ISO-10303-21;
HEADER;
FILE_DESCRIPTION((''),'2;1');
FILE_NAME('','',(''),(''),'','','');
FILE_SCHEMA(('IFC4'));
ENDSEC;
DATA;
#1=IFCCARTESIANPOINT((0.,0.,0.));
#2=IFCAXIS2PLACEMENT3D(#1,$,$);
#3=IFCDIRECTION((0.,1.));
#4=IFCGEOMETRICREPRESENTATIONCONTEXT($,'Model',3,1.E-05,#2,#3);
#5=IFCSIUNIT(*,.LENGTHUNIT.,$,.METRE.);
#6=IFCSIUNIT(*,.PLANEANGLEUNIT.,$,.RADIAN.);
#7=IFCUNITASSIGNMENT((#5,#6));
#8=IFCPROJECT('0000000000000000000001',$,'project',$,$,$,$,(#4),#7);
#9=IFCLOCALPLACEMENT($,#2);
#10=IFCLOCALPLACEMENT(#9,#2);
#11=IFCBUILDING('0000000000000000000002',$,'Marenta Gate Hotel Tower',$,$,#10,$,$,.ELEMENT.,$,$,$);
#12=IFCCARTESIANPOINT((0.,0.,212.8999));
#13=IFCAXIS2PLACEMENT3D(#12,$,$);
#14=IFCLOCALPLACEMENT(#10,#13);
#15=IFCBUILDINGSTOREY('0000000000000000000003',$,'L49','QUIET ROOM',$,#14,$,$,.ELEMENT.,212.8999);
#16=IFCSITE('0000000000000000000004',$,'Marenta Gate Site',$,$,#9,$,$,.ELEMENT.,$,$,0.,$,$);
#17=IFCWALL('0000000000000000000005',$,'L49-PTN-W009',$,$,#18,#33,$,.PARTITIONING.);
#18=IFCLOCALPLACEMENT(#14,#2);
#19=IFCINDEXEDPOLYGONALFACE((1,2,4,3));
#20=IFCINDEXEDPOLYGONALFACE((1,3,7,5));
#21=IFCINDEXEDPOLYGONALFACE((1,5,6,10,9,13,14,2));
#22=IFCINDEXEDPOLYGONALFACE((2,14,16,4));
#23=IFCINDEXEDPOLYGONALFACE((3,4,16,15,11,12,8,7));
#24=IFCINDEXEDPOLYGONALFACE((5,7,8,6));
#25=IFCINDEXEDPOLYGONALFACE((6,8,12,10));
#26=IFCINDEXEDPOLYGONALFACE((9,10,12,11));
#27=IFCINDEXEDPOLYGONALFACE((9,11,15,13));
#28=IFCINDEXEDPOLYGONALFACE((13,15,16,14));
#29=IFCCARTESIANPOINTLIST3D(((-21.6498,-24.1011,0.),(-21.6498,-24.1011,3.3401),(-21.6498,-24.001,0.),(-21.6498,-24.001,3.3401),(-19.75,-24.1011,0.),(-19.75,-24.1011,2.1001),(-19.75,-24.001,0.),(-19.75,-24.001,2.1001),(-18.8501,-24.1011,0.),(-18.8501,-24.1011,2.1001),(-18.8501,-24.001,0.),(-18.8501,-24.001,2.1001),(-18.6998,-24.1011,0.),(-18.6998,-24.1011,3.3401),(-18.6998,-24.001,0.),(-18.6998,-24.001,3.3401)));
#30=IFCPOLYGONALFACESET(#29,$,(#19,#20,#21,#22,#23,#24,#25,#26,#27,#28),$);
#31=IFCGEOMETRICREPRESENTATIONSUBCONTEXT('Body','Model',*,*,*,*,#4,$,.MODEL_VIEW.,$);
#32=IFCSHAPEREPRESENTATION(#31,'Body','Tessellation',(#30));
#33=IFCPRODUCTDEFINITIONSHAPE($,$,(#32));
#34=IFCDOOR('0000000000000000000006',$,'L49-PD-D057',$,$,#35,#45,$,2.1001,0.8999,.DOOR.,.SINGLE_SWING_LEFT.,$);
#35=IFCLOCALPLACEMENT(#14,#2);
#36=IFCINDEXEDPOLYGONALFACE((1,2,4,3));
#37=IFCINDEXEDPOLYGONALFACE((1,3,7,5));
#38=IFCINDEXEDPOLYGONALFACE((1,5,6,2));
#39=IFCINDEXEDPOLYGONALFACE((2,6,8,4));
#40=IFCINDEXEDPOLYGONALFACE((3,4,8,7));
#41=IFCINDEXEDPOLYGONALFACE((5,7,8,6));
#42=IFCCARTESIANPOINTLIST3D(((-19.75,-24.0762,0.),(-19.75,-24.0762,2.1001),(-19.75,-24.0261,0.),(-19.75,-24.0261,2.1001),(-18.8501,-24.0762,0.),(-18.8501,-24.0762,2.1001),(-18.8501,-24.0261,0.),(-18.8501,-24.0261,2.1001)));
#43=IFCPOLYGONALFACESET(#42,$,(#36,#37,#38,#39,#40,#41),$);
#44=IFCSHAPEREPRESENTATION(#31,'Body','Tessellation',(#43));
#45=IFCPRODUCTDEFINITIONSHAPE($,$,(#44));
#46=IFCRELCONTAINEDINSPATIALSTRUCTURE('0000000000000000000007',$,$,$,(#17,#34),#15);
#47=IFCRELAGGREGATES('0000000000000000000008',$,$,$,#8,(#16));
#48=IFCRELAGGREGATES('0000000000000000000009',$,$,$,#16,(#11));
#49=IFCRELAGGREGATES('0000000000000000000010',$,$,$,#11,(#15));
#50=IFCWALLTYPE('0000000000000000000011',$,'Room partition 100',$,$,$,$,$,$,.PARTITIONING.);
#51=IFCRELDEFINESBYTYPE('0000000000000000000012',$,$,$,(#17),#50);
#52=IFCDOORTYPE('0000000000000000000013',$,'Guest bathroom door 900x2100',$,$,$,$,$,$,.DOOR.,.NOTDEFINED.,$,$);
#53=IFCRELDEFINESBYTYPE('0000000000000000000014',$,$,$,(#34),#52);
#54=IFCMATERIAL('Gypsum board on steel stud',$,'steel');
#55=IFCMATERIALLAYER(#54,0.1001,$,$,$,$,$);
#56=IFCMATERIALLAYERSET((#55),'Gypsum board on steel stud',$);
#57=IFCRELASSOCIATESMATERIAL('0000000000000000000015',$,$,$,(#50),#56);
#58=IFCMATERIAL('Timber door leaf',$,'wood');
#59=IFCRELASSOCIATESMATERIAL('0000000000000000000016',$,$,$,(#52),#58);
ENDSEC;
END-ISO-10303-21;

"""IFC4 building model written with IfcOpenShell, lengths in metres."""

from ifc_helpers import new_model, si_unit, direction, frame, frame_2d, origin, place, context, subcontext, project, spatial, rectangle, extrude, material, layer, layer_set, type_object, element, fill, save


model = new_model("IFC4")

# Units and contexts
model_context = context("Model", 3, precision=1e-05, world=origin(), true_north=direction((0.0, 1.0)))
body_context = subcontext(model_context, "Body", "Model", "MODEL_VIEW")
ifc_project = project(units=[si_unit("LENGTHUNIT", "METRE"), si_unit("PLANEANGLEUNIT", "RADIAN")], contexts=[model_context])

# Site, building, storey
site_placement = place(None, origin())
site = spatial("IfcSite", under=ifc_project, at=site_placement, Name="Marenta Gate Site", CompositionType="ELEMENT", RefElevation=0.0)
building_placement = place(site_placement, origin())
building = spatial("IfcBuilding", under=site, at=building_placement, Name="Marenta Gate Hotel Tower", CompositionType="ELEMENT")
storey_placement = place(building_placement, frame((0.0, 0.0, 212.8999)))
storey = spatial("IfcBuildingStorey", under=building, at=storey_placement, Name="L49", Description="QUIET ROOM", CompositionType="ELEMENT", Elevation=212.8999)

# Wall, opening, door
ifc_material_1 = material(Name="Gypsum board on steel stud", Category="steel")
ifc_layer_1 = layer(ifc_material_1, 0.1001)
ifc_layer_set_1 = layer_set([ifc_layer_1], Name="Gypsum board on steel stud")
wall_type_1 = type_object("IfcWallType", Name="Room partition 100", PredefinedType="PARTITIONING", material=ifc_layer_set_1)
wall_1_placement = place(storey_placement, frame((-21.6499, -24.051, 0.0), z_axis=(0.0, 0.0, 1.0), x_axis=(1.0, 0.0, 0.0)))
wall_1 = element("IfcWall", 1, at=wall_1_placement, inside=storey, type_object=wall_type_1, Name="L49-PTN-W009", PredefinedType="PARTITIONING", context=body_context, shape_type="SweptSolid", body=[
    extrude(rectangle(XDim=2.95, YDim=0.1001, at=frame_2d((1.4751, 0.0))), origin(), (0.0, 0.0, 1.0), 3.3401),
])
opening_1_placement = place(wall_1_placement, frame((1.8999, 0.0, 0.0)))
opening_1 = element("IfcOpeningElement", 2, at=opening_1_placement, cuts=wall_1, PredefinedType="OPENING", context=body_context, shape_type="SweptSolid", body=[
    extrude(rectangle(XDim=0.8999, YDim=2.1001, at=frame_2d((0.45, 1.05))), frame((0.0, 0.05, 0.0), z_axis=(0.0, -1.0, 0.0), x_axis=(1.0, 0.0, 0.0)), (0.0, 0.0, 1.0), 0.1001),
])
ifc_material_2 = material(Name="Timber door leaf", Category="wood")
door_type_1 = type_object("IfcDoorType", Name="Guest bathroom door 900x2100", OperationType="NOTDEFINED", PredefinedType="DOOR", material=ifc_material_2)
door_1_placement = place(opening_1_placement, origin())
door_1 = element("IfcDoor", 3, at=door_1_placement, inside=storey, type_object=door_type_1, Name="L49-PD-D057", OperationType="SINGLE_SWING_LEFT", OverallHeight=2.1001, OverallWidth=0.8999, PredefinedType="DOOR", context=body_context, shape_type="SweptSolid", body=[
    extrude(rectangle(XDim=0.8999, YDim=2.1001, at=frame_2d((0.45, 1.05))), frame((0.0, 0.0249, 0.0), z_axis=(0.0, -1.0, 0.0), x_axis=(1.0, 0.0, 0.0)), (0.0, 0.0, 1.0), 0.05),
])
fill(opening_1, door_1)

save(model, "model.ifc")
